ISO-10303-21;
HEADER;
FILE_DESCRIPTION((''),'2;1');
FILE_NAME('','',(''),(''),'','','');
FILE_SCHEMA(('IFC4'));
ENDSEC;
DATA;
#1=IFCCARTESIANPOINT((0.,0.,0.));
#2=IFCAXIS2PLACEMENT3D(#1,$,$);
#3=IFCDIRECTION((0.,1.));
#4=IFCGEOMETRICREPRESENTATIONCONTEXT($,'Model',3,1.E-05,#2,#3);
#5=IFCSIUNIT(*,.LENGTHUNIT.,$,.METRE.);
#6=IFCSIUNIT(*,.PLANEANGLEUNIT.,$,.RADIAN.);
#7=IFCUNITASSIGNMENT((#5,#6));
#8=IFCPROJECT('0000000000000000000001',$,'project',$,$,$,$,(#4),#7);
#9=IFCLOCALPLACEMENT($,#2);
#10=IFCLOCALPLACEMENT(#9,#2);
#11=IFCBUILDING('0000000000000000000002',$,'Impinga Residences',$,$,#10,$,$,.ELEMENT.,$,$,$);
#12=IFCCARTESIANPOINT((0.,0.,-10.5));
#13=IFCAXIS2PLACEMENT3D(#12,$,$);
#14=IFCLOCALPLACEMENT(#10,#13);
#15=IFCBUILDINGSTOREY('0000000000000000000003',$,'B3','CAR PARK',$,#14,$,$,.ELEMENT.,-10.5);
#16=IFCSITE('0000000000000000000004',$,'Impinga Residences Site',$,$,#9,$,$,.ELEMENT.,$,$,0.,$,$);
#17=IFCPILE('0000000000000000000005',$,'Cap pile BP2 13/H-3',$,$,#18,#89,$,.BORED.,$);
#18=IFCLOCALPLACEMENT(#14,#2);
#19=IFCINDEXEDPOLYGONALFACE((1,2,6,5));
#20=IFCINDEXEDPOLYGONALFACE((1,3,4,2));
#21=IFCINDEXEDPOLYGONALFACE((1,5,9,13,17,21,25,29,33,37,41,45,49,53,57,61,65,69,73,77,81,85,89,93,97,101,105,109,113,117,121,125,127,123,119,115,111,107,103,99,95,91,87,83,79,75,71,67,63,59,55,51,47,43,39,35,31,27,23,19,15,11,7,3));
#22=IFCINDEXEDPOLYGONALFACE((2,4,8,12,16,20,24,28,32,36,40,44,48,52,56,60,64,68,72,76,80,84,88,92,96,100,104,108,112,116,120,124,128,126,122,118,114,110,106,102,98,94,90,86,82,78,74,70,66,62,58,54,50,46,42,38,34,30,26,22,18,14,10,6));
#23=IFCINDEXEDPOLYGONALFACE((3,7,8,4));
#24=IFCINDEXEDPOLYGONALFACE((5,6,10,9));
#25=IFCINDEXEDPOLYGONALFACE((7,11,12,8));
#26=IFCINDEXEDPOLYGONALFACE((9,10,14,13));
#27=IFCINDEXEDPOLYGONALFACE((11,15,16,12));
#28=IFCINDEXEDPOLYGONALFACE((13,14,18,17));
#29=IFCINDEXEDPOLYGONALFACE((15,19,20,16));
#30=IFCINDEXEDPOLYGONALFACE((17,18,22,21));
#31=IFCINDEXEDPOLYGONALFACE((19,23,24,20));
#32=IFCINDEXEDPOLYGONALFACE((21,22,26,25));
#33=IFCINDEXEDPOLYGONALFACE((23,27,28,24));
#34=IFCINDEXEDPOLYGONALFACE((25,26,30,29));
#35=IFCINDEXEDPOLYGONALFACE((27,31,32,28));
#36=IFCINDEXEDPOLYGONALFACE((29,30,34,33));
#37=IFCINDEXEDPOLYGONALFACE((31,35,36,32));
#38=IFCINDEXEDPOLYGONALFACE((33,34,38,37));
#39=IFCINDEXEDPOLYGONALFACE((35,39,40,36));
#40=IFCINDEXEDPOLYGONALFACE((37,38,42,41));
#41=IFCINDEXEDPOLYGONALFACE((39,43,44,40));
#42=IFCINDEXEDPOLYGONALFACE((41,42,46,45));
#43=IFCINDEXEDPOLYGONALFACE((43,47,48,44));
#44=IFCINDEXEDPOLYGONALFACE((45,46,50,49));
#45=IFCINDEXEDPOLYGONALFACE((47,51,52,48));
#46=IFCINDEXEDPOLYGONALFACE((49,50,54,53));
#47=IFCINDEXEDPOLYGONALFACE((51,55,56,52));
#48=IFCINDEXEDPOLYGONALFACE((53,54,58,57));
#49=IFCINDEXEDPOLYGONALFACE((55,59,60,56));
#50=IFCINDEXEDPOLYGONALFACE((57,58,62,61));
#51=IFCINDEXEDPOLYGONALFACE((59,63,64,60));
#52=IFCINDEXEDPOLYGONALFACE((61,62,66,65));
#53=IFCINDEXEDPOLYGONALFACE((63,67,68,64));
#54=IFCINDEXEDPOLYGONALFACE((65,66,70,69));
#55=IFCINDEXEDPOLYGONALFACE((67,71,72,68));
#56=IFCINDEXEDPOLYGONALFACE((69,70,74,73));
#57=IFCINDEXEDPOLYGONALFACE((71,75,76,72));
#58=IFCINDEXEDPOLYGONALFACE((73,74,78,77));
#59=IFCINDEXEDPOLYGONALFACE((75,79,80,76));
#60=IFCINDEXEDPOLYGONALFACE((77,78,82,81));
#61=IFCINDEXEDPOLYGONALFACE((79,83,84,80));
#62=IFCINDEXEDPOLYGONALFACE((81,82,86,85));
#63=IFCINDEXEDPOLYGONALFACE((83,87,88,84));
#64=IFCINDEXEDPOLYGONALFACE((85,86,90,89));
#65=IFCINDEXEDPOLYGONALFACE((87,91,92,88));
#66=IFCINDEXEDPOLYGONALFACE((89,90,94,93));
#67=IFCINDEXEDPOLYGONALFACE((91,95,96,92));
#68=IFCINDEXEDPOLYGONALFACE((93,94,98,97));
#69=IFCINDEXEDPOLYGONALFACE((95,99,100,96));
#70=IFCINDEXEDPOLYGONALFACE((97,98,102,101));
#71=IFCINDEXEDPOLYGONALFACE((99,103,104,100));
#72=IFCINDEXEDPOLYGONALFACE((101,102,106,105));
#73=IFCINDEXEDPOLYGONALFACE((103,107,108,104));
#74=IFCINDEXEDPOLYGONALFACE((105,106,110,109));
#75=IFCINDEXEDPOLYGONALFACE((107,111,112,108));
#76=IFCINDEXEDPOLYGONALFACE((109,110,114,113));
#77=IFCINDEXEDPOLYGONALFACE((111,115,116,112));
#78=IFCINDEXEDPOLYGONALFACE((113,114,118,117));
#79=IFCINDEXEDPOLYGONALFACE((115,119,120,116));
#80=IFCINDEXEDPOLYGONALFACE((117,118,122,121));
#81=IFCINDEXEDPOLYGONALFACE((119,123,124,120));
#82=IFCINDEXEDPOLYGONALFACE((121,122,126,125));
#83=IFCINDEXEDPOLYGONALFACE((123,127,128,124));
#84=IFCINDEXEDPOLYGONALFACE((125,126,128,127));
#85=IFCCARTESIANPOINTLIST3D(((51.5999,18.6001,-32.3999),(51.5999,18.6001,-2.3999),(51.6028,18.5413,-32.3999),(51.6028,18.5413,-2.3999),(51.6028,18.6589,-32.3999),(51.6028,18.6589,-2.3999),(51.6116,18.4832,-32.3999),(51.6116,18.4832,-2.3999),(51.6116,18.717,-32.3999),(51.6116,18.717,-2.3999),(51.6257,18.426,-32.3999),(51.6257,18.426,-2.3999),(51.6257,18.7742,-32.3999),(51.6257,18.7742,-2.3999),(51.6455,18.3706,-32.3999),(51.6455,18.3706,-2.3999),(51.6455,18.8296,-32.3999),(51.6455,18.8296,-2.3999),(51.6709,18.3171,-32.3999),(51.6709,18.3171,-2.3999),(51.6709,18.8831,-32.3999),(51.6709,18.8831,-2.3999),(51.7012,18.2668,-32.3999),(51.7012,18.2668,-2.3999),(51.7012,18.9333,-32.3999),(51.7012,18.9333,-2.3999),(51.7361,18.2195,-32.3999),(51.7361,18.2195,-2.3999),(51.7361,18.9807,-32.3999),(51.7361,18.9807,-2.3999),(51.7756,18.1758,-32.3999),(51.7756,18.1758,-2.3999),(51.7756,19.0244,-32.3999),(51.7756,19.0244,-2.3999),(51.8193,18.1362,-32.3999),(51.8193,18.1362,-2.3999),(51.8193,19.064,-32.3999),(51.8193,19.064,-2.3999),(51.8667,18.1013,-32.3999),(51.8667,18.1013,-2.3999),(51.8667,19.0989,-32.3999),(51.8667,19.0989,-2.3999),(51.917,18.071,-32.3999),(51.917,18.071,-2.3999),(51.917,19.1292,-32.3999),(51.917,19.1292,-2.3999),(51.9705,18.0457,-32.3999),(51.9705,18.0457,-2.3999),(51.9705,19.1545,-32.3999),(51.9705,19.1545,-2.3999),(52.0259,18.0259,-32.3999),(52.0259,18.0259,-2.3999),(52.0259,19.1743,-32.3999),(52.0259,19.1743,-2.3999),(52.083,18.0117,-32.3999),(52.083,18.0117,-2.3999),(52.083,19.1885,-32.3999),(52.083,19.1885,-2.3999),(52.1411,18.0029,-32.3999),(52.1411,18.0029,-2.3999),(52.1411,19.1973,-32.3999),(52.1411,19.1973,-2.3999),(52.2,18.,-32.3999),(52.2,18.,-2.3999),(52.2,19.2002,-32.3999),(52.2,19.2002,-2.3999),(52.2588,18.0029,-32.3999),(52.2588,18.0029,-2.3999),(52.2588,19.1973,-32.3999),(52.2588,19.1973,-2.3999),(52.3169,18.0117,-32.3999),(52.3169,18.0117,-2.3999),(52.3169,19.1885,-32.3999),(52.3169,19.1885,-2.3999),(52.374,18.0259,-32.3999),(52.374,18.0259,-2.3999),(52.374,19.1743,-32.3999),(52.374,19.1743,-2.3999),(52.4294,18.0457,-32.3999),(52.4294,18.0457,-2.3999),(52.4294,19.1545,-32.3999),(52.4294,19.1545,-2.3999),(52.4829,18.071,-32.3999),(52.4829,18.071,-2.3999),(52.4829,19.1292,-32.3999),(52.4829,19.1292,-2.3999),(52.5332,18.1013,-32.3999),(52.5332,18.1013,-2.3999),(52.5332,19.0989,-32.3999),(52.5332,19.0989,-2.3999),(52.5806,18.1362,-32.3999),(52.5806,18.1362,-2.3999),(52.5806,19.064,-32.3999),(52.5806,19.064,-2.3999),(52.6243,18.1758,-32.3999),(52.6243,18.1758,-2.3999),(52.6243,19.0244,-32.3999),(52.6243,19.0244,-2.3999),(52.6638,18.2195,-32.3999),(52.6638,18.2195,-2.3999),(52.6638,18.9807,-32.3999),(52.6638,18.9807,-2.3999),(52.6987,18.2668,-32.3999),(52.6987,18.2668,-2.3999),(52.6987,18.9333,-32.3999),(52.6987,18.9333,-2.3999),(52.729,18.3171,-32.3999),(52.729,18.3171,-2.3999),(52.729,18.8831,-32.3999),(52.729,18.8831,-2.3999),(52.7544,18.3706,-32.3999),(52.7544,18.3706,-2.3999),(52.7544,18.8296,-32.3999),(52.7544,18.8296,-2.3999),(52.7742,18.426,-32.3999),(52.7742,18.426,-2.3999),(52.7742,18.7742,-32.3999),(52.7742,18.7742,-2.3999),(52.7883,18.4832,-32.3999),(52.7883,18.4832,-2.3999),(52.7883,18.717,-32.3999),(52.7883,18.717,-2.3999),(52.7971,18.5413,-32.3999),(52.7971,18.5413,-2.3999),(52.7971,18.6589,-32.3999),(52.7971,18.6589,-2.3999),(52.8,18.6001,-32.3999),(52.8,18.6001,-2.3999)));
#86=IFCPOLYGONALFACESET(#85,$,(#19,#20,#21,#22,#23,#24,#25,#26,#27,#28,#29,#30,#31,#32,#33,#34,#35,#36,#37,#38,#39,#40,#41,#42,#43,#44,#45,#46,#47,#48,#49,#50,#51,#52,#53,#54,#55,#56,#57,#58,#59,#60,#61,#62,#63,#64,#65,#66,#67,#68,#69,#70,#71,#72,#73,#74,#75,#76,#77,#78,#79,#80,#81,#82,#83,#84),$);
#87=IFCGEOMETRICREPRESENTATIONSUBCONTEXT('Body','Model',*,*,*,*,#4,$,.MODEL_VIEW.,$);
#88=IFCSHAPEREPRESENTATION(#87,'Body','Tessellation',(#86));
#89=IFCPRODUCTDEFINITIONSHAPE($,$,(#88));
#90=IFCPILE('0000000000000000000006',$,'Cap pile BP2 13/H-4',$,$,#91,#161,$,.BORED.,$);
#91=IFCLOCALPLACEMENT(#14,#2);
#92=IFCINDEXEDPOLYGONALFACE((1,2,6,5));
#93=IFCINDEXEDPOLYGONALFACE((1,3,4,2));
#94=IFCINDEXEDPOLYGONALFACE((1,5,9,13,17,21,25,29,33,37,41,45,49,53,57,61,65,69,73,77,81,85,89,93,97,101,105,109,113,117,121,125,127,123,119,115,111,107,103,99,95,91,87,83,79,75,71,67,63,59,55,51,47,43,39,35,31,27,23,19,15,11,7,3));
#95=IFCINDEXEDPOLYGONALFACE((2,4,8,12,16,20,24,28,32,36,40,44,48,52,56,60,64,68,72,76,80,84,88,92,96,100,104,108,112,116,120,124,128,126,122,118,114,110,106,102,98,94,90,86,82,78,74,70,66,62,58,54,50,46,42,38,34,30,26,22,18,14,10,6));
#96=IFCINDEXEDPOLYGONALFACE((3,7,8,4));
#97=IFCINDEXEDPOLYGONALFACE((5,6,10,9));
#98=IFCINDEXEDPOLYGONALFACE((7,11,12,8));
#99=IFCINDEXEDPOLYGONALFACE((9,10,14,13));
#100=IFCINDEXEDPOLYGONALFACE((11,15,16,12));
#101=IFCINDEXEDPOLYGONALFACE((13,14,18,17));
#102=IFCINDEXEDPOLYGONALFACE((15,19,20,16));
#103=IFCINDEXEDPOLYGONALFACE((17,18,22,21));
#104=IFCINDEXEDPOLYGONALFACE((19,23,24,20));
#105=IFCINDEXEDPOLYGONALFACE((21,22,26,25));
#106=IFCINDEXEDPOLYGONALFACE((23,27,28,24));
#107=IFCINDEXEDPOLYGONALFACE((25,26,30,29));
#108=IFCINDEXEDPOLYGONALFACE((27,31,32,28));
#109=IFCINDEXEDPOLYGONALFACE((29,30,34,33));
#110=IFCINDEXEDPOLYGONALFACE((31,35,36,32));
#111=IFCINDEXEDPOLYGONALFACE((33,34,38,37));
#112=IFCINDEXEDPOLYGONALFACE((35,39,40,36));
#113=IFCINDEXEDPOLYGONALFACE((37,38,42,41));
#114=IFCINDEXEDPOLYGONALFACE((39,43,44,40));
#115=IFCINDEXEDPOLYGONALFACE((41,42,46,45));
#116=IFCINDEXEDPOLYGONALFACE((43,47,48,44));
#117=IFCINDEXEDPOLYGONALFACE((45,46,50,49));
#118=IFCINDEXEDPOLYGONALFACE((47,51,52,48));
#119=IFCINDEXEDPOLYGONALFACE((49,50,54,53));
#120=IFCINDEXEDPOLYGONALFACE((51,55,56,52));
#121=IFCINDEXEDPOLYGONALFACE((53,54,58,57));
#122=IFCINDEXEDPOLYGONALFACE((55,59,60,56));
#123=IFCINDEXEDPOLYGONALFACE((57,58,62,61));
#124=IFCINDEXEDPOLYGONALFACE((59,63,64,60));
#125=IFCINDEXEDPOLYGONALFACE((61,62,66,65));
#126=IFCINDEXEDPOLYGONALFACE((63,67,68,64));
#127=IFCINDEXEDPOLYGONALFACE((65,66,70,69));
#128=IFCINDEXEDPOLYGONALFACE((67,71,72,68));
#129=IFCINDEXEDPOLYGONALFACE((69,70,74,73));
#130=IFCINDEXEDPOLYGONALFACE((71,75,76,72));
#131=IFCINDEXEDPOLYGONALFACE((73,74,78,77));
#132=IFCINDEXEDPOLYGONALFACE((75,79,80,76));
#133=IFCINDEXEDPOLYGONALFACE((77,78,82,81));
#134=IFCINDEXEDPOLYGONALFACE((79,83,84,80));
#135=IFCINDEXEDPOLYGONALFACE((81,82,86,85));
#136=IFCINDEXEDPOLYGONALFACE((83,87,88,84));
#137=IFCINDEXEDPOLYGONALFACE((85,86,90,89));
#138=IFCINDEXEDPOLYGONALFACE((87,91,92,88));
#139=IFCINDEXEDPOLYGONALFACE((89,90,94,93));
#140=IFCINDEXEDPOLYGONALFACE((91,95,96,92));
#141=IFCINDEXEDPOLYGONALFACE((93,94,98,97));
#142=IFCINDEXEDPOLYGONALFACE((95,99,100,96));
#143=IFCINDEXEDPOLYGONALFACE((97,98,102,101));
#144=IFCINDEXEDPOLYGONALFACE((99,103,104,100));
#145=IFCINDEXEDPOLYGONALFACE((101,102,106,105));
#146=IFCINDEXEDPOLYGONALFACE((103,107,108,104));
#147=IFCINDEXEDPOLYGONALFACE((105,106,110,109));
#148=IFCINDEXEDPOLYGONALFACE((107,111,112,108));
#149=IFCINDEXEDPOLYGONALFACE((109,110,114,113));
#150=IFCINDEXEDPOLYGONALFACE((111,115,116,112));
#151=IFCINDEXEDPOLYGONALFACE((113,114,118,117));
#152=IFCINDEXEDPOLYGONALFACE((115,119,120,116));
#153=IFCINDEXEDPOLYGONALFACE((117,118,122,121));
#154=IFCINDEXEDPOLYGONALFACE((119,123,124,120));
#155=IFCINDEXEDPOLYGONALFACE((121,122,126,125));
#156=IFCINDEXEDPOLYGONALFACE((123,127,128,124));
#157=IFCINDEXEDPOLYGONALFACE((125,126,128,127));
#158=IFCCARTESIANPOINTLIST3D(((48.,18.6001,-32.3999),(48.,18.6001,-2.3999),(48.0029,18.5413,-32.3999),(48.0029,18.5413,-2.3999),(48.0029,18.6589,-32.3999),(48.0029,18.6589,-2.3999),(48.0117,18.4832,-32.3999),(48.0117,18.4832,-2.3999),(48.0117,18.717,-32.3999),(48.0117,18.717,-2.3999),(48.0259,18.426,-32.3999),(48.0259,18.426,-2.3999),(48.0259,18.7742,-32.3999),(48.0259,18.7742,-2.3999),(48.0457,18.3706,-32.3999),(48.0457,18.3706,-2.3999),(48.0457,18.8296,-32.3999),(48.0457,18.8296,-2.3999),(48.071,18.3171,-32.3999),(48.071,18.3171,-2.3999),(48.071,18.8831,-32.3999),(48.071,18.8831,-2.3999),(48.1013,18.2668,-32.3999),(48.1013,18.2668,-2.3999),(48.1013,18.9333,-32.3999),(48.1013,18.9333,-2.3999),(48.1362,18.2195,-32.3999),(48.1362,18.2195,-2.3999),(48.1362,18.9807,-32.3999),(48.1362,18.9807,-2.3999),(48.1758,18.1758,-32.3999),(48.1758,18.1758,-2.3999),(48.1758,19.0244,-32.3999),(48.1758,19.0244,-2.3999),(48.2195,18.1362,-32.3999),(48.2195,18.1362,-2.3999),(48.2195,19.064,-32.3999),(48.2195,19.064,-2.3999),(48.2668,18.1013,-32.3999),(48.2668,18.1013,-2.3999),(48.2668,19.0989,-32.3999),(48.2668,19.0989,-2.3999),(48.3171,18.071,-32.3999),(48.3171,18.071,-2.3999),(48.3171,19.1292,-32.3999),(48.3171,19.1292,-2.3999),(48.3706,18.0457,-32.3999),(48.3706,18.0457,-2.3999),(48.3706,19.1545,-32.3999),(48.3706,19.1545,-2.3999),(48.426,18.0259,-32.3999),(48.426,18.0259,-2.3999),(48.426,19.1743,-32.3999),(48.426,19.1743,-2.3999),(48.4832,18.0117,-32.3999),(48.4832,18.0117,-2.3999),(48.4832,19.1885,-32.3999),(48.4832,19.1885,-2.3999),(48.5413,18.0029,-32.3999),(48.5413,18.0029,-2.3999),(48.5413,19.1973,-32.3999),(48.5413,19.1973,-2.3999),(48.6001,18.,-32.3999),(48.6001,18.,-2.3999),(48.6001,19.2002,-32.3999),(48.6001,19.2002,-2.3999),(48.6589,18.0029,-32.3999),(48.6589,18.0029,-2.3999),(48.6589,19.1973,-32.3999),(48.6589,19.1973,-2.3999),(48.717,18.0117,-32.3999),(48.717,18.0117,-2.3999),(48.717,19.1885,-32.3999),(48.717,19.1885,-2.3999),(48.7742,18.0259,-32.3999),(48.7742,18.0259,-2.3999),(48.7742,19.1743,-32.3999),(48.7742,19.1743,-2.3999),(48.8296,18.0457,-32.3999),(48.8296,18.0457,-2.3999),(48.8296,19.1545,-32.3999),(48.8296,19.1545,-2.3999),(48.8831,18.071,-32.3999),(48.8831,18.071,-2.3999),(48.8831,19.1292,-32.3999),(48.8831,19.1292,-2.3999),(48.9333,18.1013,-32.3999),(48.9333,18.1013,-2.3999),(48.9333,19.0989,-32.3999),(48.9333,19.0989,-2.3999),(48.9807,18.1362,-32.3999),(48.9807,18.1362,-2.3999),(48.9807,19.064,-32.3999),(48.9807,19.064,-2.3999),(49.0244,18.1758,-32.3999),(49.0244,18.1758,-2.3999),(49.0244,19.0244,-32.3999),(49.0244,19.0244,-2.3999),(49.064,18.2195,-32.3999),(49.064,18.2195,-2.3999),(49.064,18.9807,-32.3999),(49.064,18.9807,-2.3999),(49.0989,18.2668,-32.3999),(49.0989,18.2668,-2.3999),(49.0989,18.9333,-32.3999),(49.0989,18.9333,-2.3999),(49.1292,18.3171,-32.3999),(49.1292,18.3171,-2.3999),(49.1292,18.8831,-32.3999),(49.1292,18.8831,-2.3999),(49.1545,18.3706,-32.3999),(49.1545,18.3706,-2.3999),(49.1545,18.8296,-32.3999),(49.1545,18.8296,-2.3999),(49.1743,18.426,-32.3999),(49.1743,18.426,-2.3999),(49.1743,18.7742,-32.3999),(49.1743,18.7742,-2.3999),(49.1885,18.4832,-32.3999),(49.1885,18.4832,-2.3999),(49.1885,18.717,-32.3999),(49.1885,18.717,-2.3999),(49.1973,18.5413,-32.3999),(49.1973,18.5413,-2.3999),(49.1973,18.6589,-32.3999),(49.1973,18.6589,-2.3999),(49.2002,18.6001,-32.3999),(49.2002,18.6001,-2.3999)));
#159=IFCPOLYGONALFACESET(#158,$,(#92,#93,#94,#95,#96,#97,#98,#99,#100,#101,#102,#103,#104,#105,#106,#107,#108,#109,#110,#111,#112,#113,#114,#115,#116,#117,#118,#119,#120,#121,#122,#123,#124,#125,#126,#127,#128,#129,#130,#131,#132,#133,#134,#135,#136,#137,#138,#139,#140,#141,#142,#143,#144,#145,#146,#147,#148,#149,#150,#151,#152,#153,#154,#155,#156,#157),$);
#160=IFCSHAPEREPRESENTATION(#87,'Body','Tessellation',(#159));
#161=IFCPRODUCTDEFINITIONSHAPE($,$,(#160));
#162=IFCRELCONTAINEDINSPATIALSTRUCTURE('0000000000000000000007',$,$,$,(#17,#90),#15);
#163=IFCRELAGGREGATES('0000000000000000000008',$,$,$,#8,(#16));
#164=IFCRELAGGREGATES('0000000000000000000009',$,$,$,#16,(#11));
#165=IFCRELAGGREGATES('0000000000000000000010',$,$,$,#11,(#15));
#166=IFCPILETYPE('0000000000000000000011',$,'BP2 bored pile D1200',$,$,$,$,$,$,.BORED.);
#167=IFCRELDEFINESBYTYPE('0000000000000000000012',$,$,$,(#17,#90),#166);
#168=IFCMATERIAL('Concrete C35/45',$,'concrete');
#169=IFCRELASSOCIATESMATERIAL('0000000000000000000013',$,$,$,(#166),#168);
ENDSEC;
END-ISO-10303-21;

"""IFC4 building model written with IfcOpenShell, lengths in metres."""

from ifc_helpers import new_model, si_unit, direction, frame, origin, origin_2d, place, context, subcontext, project, spatial, polyline, circle, outline, extrude, material, material_profile, profile_set, type_object, element, save


model = new_model("IFC4")

# Units and contexts
model_context = context("Model", 3, precision=1e-05, world=origin(), true_north=direction((0.0, 1.0)))
body_context = subcontext(model_context, "Body", "Model", "MODEL_VIEW")
ifc_project = project(units=[si_unit("LENGTHUNIT", "METRE"), si_unit("PLANEANGLEUNIT", "RADIAN")], contexts=[model_context])

# Site, building, storey
site_placement = place(None, origin())
site = spatial("IfcSite", under=ifc_project, at=site_placement, Name="Impinga Residences Site", CompositionType="ELEMENT", RefElevation=0.0)
building_placement = place(site_placement, origin())
building = spatial("IfcBuilding", under=site, at=building_placement, Name="Impinga Residences", CompositionType="ELEMENT")
storey_placement = place(building_placement, frame((0.0, 0.0, -10.5)))
storey = spatial("IfcBuildingStorey", under=building, at=storey_placement, Name="B3", Description="CAR PARK", CompositionType="ELEMENT", Elevation=-10.5)

# Piles
ifc_material_1 = material(Name="Concrete C35/45", Category="concrete")
ifc_material_profile_1 = material_profile(ifc_material_1, circle(Radius=0.6001, at=origin_2d()), Name="D1200")
ifc_profile_set_1 = profile_set([ifc_material_profile_1], Name="Concrete C35/45")
pile_type = type_object("IfcPileType", Name="BP2 bored pile D1200", PredefinedType="BORED", material=ifc_profile_set_1)
pile_1_placement = place(storey_placement, frame((52.2, 18.6001, -2.3999), z_axis=(0.0, 0.0, -1.0), x_axis=(1.0, 0.0, 0.0)))
element("IfcPile", 1, at=pile_1_placement, inside=storey, type_object=pile_type, Name="Cap pile BP2 13/H-3", PredefinedType="BORED", context=body_context, shape_type="SweptSolid", body=[
    extrude(outline(polyline([(0.6001, 0.0), (0.5972, 0.0588), (0.5884, 0.1169), (0.5742, 0.1741), (0.5544, 0.2295), (0.5291, 0.283), (0.4988, 0.3333), (0.4639, 0.3806), (0.4243, 0.4243), (0.3806, 0.4639), (0.3333, 0.4988), (0.283, 0.5291), (0.2295, 0.5544), (0.1741, 0.5742), (0.1169, 0.5884), (0.0588, 0.5972), (0.0, 0.6001), (-0.0588, 0.5972), (-0.1169, 0.5884), (-0.1741, 0.5742), (-0.2295, 0.5544), (-0.283, 0.5291), (-0.3333, 0.4988), (-0.3806, 0.4639), (-0.4243, 0.4243), (-0.4639, 0.3806), (-0.4988, 0.3333), (-0.5291, 0.283), (-0.5544, 0.2295), (-0.5742, 0.1741), (-0.5884, 0.1169), (-0.5972, 0.0588), (-0.6001, 0.0), (-0.5972, -0.0588), (-0.5884, -0.1169), (-0.5742, -0.1741), (-0.5544, -0.2295), (-0.5291, -0.283), (-0.4988, -0.3333), (-0.4639, -0.3806), (-0.4243, -0.4243), (-0.3806, -0.4639), (-0.3333, -0.4988), (-0.283, -0.5291), (-0.2295, -0.5544), (-0.1741, -0.5742), (-0.1169, -0.5884), (-0.0588, -0.5972), (0.0, -0.6001), (0.0588, -0.5972), (0.1169, -0.5884), (0.1741, -0.5742), (0.2295, -0.5544), (0.283, -0.5291), (0.3333, -0.4988), (0.3806, -0.4639), (0.4243, -0.4243), (0.4639, -0.3806), (0.4988, -0.3333), (0.5291, -0.283), (0.5544, -0.2295), (0.5742, -0.1741), (0.5884, -0.1169), (0.5972, -0.0588), (0.6001, 0.0)])), origin(), (0.0, 0.0, 1.0), 30.0),
])
pile_2_placement = place(storey_placement, frame((48.6001, 18.6001, -2.3999), z_axis=(0.0, 0.0, -1.0), x_axis=(1.0, 0.0, 0.0)))
element("IfcPile", 2, at=pile_2_placement, inside=storey, type_object=pile_type, Name="Cap pile BP2 13/H-4", PredefinedType="BORED", context=body_context, shape_type="SweptSolid", body=[
    extrude(outline(polyline([(0.6001, 0.0), (0.5972, 0.0588), (0.5884, 0.1169), (0.5742, 0.1741), (0.5544, 0.2295), (0.5291, 0.283), (0.4988, 0.3333), (0.4639, 0.3806), (0.4243, 0.4243), (0.3806, 0.4639), (0.3333, 0.4988), (0.283, 0.5291), (0.2295, 0.5544), (0.1741, 0.5742), (0.1169, 0.5884), (0.0588, 0.5972), (0.0, 0.6001), (-0.0588, 0.5972), (-0.1169, 0.5884), (-0.1741, 0.5742), (-0.2295, 0.5544), (-0.283, 0.5291), (-0.3333, 0.4988), (-0.3806, 0.4639), (-0.4243, 0.4243), (-0.4639, 0.3806), (-0.4988, 0.3333), (-0.5291, 0.283), (-0.5544, 0.2295), (-0.5742, 0.1741), (-0.5884, 0.1169), (-0.5972, 0.0588), (-0.6001, 0.0), (-0.5972, -0.0588), (-0.5884, -0.1169), (-0.5742, -0.1741), (-0.5544, -0.2295), (-0.5291, -0.283), (-0.4988, -0.3333), (-0.4639, -0.3806), (-0.4243, -0.4243), (-0.3806, -0.4639), (-0.3333, -0.4988), (-0.283, -0.5291), (-0.2295, -0.5544), (-0.1741, -0.5742), (-0.1169, -0.5884), (-0.0588, -0.5972), (0.0, -0.6001), (0.0588, -0.5972), (0.1169, -0.5884), (0.1741, -0.5742), (0.2295, -0.5544), (0.283, -0.5291), (0.3333, -0.4988), (0.3806, -0.4639), (0.4243, -0.4243), (0.4639, -0.3806), (0.4988, -0.3333), (0.5291, -0.283), (0.5544, -0.2295), (0.5742, -0.1741), (0.5884, -0.1169), (0.5972, -0.0588), (0.6001, 0.0)])), origin(), (0.0, 0.0, 1.0), 30.0),
])

save(model, "model.ifc")
